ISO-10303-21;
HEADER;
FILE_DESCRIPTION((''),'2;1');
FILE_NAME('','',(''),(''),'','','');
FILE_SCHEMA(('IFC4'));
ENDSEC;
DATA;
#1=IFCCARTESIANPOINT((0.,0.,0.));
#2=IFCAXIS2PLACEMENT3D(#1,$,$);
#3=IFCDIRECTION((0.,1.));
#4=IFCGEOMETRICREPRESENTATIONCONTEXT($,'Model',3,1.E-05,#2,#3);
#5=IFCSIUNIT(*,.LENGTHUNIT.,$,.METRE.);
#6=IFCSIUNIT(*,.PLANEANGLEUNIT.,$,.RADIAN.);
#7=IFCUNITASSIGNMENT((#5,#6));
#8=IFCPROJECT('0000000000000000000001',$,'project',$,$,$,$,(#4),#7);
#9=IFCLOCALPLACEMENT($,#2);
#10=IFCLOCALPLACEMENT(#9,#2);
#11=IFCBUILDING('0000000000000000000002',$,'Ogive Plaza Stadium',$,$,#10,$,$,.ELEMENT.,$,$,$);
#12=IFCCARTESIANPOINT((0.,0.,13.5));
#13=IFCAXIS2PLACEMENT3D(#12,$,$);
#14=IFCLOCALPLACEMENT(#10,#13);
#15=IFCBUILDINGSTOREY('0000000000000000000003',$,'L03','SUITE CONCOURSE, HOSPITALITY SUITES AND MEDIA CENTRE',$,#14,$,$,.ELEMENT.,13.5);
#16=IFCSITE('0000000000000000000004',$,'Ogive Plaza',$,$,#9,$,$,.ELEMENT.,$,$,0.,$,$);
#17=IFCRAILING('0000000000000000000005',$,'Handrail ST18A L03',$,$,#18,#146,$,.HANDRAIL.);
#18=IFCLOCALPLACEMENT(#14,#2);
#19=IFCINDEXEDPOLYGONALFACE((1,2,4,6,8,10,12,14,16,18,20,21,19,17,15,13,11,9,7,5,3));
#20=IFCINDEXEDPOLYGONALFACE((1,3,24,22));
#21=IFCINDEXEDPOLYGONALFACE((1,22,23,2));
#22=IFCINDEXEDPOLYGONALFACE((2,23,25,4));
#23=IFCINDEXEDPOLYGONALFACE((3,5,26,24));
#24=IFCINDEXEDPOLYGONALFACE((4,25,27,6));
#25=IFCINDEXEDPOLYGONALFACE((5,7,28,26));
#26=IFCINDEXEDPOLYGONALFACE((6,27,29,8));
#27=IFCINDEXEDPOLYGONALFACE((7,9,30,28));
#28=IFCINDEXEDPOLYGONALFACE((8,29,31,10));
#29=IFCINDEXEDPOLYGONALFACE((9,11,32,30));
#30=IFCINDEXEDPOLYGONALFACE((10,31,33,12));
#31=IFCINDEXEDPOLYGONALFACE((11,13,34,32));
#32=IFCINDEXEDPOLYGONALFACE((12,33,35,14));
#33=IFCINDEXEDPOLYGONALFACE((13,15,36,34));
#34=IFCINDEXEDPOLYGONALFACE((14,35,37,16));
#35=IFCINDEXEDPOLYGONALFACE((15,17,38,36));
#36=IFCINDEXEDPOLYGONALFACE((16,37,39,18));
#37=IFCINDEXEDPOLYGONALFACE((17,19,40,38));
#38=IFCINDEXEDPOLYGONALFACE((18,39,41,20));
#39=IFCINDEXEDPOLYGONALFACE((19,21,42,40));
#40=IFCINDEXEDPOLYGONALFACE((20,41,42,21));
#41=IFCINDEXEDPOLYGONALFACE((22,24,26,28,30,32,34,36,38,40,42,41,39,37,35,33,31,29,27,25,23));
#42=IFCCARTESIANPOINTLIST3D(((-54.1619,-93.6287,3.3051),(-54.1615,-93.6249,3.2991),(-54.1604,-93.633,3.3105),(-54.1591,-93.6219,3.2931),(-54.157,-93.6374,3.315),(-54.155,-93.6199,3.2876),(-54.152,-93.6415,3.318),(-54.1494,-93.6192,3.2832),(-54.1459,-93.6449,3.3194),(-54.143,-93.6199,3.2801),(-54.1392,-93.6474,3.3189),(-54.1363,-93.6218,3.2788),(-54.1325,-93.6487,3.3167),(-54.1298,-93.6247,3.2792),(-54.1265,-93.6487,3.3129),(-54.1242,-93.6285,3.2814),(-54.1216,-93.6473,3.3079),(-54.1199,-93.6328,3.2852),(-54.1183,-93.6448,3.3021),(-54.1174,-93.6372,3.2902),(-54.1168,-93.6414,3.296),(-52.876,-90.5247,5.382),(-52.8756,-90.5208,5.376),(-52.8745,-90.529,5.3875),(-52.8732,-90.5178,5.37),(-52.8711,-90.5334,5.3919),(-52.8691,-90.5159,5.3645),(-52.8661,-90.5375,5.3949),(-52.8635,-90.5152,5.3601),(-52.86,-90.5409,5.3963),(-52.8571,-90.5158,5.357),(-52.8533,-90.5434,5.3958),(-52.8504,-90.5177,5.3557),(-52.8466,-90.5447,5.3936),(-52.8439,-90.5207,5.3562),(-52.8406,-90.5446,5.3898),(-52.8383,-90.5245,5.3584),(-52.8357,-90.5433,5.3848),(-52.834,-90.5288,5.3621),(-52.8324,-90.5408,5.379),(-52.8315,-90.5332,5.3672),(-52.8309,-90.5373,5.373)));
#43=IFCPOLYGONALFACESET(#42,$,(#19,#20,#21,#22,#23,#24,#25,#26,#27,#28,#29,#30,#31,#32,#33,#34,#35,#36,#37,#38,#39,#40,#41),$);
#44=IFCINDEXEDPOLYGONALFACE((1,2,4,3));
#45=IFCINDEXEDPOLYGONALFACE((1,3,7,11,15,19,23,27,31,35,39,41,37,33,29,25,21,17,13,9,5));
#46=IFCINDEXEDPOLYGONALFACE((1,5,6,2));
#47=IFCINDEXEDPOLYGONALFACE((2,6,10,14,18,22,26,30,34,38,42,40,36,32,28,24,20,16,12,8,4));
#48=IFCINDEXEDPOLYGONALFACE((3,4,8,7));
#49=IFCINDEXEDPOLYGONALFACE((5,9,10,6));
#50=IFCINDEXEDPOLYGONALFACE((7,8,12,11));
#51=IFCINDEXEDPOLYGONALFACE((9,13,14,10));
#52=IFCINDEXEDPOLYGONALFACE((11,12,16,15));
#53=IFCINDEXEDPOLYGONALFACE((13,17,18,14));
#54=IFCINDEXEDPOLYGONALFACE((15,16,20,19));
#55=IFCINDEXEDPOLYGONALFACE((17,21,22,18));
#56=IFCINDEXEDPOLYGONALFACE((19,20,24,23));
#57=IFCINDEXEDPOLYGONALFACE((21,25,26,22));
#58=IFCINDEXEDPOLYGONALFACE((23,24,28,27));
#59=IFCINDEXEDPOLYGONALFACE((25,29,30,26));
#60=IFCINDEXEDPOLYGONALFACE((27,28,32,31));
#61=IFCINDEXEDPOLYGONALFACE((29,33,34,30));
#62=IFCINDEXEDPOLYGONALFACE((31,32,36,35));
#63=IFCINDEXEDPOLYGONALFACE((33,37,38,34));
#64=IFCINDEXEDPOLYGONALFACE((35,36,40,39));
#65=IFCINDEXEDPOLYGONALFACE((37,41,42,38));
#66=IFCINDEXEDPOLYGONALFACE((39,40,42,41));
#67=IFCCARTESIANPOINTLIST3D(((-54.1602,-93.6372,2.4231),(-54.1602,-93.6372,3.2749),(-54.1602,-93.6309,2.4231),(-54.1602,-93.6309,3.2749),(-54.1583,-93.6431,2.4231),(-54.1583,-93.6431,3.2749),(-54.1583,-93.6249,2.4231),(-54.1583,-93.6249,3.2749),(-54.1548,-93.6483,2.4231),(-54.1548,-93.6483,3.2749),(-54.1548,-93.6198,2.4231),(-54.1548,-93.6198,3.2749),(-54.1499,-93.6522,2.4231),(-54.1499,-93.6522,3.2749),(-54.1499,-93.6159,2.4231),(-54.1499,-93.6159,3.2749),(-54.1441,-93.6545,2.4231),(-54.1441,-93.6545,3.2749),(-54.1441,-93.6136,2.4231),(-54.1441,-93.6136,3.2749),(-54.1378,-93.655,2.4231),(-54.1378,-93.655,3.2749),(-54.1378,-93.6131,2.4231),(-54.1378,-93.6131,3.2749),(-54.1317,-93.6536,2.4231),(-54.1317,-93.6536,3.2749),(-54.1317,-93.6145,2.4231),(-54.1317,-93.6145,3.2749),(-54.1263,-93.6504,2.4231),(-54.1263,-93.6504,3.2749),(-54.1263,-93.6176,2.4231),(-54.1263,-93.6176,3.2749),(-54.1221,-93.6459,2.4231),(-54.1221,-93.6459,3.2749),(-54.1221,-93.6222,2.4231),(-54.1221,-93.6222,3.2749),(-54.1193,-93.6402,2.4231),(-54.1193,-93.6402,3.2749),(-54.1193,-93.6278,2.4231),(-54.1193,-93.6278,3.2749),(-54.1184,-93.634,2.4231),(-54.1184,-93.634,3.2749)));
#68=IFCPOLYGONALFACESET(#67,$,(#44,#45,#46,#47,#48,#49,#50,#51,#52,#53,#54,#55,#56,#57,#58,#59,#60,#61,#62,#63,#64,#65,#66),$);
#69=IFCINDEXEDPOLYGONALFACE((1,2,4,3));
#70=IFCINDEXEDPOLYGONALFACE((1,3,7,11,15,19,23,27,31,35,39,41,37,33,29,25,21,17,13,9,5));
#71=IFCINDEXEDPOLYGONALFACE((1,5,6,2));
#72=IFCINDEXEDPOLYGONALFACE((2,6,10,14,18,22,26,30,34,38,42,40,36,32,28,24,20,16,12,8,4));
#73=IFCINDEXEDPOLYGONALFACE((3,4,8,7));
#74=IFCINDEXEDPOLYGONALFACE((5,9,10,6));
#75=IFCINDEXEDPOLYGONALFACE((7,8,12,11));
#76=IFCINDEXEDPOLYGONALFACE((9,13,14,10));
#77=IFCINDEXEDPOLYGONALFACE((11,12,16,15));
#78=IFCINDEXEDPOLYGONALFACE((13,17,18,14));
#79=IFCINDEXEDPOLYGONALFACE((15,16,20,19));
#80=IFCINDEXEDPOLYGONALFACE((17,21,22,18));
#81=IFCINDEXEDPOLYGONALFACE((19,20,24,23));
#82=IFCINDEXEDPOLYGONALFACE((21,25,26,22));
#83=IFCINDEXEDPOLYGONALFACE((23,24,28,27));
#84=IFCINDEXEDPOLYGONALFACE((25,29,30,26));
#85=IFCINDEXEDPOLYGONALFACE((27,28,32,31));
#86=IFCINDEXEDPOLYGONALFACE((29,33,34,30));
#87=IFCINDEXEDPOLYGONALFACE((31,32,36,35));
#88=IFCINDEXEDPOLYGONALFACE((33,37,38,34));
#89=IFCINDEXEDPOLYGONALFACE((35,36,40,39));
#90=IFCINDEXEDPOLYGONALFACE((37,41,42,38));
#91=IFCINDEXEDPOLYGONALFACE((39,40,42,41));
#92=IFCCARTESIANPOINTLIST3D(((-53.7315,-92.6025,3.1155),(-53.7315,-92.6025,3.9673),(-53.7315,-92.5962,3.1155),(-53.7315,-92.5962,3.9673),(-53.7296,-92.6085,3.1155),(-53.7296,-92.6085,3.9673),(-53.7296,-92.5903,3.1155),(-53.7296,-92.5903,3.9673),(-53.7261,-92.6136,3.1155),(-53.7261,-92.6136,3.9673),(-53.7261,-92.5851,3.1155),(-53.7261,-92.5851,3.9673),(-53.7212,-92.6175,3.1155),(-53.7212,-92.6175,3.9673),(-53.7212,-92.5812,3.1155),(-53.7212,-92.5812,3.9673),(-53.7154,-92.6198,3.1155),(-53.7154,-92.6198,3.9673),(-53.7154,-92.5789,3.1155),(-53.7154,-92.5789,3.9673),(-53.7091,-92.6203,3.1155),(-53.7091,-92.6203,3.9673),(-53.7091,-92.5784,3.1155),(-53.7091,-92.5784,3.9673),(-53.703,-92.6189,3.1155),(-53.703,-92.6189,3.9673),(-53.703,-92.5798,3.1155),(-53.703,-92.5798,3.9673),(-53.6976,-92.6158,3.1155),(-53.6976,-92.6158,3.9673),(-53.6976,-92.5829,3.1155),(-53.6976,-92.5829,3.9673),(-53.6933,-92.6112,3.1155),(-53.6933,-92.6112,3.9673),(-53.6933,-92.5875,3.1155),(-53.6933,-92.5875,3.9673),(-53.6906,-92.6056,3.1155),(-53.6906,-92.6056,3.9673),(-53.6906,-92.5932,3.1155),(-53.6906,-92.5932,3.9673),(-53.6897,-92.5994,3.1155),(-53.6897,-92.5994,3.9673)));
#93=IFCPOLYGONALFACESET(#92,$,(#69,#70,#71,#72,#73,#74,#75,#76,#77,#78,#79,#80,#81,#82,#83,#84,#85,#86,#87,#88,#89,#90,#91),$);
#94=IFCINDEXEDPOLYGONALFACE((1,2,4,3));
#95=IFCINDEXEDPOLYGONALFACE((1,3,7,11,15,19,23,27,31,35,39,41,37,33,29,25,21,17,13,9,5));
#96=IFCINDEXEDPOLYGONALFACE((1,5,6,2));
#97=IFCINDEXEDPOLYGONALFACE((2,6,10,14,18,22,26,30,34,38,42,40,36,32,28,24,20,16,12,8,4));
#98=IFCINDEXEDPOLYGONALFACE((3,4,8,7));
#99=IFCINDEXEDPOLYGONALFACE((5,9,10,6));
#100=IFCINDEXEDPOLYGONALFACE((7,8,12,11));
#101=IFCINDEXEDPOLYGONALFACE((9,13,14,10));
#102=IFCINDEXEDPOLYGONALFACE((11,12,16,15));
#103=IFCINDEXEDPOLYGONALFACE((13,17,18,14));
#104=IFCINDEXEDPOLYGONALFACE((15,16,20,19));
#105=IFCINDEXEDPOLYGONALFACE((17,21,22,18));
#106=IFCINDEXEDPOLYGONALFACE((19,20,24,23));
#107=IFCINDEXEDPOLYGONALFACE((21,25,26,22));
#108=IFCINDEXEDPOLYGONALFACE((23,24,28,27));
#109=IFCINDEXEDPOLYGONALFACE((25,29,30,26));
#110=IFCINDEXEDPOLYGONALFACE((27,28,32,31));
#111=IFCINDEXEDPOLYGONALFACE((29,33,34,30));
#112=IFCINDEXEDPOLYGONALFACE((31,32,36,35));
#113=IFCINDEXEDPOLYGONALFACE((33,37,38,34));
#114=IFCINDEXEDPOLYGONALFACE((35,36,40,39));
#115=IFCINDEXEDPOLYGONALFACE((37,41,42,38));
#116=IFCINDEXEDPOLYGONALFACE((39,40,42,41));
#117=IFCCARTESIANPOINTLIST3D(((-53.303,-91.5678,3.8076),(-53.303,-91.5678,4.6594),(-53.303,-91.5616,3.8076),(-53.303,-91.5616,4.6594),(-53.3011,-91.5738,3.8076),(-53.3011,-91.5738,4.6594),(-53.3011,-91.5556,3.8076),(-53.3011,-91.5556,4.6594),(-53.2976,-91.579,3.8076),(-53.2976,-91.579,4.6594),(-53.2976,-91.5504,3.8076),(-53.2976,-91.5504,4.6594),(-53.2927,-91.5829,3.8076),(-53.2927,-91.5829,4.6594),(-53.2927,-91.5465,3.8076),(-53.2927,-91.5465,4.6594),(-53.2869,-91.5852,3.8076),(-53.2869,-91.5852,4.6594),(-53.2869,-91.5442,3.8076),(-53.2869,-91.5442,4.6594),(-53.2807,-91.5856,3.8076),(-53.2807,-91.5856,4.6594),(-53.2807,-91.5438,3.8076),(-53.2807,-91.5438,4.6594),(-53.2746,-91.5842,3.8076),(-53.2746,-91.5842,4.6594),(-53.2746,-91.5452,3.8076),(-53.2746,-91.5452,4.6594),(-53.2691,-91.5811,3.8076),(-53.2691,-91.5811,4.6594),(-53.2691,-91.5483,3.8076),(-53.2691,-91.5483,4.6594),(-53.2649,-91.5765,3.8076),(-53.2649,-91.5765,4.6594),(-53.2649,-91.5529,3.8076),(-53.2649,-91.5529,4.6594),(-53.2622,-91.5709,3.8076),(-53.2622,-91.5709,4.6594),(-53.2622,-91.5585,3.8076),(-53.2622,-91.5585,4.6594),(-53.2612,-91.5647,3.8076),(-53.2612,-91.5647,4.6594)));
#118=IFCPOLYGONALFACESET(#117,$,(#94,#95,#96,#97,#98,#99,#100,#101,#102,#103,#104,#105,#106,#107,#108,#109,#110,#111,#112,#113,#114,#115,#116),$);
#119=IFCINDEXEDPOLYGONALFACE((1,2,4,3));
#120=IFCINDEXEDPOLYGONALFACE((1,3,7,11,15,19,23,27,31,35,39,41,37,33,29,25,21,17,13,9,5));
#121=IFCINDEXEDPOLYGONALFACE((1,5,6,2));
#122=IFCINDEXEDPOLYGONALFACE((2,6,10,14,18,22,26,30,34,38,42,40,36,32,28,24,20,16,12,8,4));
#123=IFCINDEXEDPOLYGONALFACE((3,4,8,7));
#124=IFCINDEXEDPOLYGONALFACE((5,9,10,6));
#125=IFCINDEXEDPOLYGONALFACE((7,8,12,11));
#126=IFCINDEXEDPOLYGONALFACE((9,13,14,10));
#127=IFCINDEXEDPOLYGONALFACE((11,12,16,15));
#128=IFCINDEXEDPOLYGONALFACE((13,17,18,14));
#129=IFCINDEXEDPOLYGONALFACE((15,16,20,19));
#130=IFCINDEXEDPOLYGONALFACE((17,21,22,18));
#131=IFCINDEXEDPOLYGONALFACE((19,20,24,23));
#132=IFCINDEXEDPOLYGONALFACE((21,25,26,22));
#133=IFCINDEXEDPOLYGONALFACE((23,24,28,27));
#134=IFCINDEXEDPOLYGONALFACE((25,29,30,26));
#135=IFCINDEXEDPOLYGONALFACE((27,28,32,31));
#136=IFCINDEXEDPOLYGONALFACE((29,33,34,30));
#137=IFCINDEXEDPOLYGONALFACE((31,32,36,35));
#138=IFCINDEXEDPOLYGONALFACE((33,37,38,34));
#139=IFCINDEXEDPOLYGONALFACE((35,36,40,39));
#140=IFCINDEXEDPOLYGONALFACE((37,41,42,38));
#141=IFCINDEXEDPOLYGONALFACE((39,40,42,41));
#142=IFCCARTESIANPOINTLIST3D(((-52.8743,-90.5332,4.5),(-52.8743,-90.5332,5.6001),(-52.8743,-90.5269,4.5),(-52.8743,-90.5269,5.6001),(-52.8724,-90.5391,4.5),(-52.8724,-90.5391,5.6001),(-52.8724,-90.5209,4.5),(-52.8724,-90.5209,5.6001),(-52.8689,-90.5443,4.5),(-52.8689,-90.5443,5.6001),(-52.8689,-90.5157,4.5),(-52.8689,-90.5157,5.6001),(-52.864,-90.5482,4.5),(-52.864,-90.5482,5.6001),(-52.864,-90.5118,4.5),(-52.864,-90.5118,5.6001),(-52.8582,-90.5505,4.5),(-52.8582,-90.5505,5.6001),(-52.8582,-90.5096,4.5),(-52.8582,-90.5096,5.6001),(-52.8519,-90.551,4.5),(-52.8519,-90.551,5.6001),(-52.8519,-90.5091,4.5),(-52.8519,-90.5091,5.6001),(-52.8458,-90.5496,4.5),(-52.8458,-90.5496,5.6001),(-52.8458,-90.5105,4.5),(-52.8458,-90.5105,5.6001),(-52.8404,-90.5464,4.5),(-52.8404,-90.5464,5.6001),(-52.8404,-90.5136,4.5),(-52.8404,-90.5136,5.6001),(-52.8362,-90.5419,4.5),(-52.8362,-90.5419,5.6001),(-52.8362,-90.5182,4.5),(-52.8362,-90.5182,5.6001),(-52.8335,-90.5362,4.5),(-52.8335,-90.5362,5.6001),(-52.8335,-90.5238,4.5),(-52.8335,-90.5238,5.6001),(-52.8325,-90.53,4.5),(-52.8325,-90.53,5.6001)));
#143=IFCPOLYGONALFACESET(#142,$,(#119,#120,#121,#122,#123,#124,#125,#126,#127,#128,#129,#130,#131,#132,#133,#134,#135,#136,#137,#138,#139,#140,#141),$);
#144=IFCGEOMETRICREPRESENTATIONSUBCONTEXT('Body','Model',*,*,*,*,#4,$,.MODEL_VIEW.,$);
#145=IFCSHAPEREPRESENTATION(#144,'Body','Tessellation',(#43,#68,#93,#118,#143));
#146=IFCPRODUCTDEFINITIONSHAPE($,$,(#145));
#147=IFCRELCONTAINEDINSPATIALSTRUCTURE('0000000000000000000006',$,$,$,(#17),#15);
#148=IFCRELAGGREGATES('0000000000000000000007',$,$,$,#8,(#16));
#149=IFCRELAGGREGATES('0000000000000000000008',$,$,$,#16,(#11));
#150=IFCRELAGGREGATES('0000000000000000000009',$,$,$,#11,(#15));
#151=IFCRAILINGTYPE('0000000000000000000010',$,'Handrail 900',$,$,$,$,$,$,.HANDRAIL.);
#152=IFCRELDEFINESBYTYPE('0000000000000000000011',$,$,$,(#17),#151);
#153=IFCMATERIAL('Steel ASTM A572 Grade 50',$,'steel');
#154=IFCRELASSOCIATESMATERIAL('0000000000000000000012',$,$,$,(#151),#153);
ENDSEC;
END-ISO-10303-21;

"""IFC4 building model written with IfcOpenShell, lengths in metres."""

from ifc_helpers import new_model, si_unit, direction, frame, origin, origin_2d, place, context, subcontext, project, spatial, circle, extrude, material, type_object, element, save


model = new_model("IFC4")

# Units and contexts
model_context = context("Model", 3, precision=1e-05, world=origin(), true_north=direction((0.0, 1.0)))
body_context = subcontext(model_context, "Body", "Model", "MODEL_VIEW")
ifc_project = project(units=[si_unit("LENGTHUNIT", "METRE"), si_unit("PLANEANGLEUNIT", "RADIAN")], contexts=[model_context])

# Site, building, storey
site_placement = place(None, origin())
site = spatial("IfcSite", under=ifc_project, at=site_placement, Name="Ogive Plaza", CompositionType="ELEMENT", RefElevation=0.0)
building_placement = place(site_placement, origin())
building = spatial("IfcBuilding", under=site, at=building_placement, Name="Ogive Plaza Stadium", CompositionType="ELEMENT")
storey_placement = place(building_placement, frame((0.0, 0.0, 13.5)))
storey = spatial("IfcBuildingStorey", under=building, at=storey_placement, Name="L03", Description="SUITE CONCOURSE, HOSPITALITY SUITES AND MEDIA CENTRE", CompositionType="ELEMENT", Elevation=13.5)

# Railing
ifc_material_1 = material(Name="Steel ASTM A572 Grade 50", Category="steel")
railing_type_1 = type_object("IfcRailingType", Name="Handrail 900", PredefinedType="HANDRAIL", material=ifc_material_1)
railing_1_placement = place(storey_placement, frame((-54.1394, -93.634, 2.4231)))
element("IfcRailing", 1, at=railing_1_placement, inside=storey, type_object=railing_type_1, Name="Handrail ST18A L03", PredefinedType="HANDRAIL", context=body_context, shape_type="SweptSolid", body=[
    extrude(circle(Radius=0.0239, at=origin_2d()), frame((0.0, 0.0, 0.876), z_axis=(0.325548, 0.785839, 0.525809), x_axis=(-0.923862, 0.382726, 0.0)), (0.0, 0.0, 1.0), 3.95),
    extrude(circle(Radius=0.021, at=origin_2d()), origin(), (0.0, 0.0, 1.0), 0.8518),
    extrude(circle(Radius=0.021, at=origin_2d()), frame((0.4287, 1.0347, 0.6924)), (0.0, 0.0, 1.0), 0.8518),
    extrude(circle(Radius=0.021, at=origin_2d()), frame((0.8572, 2.0693, 1.3845)), (0.0, 0.0, 1.0), 0.8518),
    extrude(circle(Radius=0.021, at=origin_2d()), frame((1.2859, 3.104, 2.0769)), (0.0, 0.0, 1.0), 1.1001),
])

save(model, "model.ifc")
